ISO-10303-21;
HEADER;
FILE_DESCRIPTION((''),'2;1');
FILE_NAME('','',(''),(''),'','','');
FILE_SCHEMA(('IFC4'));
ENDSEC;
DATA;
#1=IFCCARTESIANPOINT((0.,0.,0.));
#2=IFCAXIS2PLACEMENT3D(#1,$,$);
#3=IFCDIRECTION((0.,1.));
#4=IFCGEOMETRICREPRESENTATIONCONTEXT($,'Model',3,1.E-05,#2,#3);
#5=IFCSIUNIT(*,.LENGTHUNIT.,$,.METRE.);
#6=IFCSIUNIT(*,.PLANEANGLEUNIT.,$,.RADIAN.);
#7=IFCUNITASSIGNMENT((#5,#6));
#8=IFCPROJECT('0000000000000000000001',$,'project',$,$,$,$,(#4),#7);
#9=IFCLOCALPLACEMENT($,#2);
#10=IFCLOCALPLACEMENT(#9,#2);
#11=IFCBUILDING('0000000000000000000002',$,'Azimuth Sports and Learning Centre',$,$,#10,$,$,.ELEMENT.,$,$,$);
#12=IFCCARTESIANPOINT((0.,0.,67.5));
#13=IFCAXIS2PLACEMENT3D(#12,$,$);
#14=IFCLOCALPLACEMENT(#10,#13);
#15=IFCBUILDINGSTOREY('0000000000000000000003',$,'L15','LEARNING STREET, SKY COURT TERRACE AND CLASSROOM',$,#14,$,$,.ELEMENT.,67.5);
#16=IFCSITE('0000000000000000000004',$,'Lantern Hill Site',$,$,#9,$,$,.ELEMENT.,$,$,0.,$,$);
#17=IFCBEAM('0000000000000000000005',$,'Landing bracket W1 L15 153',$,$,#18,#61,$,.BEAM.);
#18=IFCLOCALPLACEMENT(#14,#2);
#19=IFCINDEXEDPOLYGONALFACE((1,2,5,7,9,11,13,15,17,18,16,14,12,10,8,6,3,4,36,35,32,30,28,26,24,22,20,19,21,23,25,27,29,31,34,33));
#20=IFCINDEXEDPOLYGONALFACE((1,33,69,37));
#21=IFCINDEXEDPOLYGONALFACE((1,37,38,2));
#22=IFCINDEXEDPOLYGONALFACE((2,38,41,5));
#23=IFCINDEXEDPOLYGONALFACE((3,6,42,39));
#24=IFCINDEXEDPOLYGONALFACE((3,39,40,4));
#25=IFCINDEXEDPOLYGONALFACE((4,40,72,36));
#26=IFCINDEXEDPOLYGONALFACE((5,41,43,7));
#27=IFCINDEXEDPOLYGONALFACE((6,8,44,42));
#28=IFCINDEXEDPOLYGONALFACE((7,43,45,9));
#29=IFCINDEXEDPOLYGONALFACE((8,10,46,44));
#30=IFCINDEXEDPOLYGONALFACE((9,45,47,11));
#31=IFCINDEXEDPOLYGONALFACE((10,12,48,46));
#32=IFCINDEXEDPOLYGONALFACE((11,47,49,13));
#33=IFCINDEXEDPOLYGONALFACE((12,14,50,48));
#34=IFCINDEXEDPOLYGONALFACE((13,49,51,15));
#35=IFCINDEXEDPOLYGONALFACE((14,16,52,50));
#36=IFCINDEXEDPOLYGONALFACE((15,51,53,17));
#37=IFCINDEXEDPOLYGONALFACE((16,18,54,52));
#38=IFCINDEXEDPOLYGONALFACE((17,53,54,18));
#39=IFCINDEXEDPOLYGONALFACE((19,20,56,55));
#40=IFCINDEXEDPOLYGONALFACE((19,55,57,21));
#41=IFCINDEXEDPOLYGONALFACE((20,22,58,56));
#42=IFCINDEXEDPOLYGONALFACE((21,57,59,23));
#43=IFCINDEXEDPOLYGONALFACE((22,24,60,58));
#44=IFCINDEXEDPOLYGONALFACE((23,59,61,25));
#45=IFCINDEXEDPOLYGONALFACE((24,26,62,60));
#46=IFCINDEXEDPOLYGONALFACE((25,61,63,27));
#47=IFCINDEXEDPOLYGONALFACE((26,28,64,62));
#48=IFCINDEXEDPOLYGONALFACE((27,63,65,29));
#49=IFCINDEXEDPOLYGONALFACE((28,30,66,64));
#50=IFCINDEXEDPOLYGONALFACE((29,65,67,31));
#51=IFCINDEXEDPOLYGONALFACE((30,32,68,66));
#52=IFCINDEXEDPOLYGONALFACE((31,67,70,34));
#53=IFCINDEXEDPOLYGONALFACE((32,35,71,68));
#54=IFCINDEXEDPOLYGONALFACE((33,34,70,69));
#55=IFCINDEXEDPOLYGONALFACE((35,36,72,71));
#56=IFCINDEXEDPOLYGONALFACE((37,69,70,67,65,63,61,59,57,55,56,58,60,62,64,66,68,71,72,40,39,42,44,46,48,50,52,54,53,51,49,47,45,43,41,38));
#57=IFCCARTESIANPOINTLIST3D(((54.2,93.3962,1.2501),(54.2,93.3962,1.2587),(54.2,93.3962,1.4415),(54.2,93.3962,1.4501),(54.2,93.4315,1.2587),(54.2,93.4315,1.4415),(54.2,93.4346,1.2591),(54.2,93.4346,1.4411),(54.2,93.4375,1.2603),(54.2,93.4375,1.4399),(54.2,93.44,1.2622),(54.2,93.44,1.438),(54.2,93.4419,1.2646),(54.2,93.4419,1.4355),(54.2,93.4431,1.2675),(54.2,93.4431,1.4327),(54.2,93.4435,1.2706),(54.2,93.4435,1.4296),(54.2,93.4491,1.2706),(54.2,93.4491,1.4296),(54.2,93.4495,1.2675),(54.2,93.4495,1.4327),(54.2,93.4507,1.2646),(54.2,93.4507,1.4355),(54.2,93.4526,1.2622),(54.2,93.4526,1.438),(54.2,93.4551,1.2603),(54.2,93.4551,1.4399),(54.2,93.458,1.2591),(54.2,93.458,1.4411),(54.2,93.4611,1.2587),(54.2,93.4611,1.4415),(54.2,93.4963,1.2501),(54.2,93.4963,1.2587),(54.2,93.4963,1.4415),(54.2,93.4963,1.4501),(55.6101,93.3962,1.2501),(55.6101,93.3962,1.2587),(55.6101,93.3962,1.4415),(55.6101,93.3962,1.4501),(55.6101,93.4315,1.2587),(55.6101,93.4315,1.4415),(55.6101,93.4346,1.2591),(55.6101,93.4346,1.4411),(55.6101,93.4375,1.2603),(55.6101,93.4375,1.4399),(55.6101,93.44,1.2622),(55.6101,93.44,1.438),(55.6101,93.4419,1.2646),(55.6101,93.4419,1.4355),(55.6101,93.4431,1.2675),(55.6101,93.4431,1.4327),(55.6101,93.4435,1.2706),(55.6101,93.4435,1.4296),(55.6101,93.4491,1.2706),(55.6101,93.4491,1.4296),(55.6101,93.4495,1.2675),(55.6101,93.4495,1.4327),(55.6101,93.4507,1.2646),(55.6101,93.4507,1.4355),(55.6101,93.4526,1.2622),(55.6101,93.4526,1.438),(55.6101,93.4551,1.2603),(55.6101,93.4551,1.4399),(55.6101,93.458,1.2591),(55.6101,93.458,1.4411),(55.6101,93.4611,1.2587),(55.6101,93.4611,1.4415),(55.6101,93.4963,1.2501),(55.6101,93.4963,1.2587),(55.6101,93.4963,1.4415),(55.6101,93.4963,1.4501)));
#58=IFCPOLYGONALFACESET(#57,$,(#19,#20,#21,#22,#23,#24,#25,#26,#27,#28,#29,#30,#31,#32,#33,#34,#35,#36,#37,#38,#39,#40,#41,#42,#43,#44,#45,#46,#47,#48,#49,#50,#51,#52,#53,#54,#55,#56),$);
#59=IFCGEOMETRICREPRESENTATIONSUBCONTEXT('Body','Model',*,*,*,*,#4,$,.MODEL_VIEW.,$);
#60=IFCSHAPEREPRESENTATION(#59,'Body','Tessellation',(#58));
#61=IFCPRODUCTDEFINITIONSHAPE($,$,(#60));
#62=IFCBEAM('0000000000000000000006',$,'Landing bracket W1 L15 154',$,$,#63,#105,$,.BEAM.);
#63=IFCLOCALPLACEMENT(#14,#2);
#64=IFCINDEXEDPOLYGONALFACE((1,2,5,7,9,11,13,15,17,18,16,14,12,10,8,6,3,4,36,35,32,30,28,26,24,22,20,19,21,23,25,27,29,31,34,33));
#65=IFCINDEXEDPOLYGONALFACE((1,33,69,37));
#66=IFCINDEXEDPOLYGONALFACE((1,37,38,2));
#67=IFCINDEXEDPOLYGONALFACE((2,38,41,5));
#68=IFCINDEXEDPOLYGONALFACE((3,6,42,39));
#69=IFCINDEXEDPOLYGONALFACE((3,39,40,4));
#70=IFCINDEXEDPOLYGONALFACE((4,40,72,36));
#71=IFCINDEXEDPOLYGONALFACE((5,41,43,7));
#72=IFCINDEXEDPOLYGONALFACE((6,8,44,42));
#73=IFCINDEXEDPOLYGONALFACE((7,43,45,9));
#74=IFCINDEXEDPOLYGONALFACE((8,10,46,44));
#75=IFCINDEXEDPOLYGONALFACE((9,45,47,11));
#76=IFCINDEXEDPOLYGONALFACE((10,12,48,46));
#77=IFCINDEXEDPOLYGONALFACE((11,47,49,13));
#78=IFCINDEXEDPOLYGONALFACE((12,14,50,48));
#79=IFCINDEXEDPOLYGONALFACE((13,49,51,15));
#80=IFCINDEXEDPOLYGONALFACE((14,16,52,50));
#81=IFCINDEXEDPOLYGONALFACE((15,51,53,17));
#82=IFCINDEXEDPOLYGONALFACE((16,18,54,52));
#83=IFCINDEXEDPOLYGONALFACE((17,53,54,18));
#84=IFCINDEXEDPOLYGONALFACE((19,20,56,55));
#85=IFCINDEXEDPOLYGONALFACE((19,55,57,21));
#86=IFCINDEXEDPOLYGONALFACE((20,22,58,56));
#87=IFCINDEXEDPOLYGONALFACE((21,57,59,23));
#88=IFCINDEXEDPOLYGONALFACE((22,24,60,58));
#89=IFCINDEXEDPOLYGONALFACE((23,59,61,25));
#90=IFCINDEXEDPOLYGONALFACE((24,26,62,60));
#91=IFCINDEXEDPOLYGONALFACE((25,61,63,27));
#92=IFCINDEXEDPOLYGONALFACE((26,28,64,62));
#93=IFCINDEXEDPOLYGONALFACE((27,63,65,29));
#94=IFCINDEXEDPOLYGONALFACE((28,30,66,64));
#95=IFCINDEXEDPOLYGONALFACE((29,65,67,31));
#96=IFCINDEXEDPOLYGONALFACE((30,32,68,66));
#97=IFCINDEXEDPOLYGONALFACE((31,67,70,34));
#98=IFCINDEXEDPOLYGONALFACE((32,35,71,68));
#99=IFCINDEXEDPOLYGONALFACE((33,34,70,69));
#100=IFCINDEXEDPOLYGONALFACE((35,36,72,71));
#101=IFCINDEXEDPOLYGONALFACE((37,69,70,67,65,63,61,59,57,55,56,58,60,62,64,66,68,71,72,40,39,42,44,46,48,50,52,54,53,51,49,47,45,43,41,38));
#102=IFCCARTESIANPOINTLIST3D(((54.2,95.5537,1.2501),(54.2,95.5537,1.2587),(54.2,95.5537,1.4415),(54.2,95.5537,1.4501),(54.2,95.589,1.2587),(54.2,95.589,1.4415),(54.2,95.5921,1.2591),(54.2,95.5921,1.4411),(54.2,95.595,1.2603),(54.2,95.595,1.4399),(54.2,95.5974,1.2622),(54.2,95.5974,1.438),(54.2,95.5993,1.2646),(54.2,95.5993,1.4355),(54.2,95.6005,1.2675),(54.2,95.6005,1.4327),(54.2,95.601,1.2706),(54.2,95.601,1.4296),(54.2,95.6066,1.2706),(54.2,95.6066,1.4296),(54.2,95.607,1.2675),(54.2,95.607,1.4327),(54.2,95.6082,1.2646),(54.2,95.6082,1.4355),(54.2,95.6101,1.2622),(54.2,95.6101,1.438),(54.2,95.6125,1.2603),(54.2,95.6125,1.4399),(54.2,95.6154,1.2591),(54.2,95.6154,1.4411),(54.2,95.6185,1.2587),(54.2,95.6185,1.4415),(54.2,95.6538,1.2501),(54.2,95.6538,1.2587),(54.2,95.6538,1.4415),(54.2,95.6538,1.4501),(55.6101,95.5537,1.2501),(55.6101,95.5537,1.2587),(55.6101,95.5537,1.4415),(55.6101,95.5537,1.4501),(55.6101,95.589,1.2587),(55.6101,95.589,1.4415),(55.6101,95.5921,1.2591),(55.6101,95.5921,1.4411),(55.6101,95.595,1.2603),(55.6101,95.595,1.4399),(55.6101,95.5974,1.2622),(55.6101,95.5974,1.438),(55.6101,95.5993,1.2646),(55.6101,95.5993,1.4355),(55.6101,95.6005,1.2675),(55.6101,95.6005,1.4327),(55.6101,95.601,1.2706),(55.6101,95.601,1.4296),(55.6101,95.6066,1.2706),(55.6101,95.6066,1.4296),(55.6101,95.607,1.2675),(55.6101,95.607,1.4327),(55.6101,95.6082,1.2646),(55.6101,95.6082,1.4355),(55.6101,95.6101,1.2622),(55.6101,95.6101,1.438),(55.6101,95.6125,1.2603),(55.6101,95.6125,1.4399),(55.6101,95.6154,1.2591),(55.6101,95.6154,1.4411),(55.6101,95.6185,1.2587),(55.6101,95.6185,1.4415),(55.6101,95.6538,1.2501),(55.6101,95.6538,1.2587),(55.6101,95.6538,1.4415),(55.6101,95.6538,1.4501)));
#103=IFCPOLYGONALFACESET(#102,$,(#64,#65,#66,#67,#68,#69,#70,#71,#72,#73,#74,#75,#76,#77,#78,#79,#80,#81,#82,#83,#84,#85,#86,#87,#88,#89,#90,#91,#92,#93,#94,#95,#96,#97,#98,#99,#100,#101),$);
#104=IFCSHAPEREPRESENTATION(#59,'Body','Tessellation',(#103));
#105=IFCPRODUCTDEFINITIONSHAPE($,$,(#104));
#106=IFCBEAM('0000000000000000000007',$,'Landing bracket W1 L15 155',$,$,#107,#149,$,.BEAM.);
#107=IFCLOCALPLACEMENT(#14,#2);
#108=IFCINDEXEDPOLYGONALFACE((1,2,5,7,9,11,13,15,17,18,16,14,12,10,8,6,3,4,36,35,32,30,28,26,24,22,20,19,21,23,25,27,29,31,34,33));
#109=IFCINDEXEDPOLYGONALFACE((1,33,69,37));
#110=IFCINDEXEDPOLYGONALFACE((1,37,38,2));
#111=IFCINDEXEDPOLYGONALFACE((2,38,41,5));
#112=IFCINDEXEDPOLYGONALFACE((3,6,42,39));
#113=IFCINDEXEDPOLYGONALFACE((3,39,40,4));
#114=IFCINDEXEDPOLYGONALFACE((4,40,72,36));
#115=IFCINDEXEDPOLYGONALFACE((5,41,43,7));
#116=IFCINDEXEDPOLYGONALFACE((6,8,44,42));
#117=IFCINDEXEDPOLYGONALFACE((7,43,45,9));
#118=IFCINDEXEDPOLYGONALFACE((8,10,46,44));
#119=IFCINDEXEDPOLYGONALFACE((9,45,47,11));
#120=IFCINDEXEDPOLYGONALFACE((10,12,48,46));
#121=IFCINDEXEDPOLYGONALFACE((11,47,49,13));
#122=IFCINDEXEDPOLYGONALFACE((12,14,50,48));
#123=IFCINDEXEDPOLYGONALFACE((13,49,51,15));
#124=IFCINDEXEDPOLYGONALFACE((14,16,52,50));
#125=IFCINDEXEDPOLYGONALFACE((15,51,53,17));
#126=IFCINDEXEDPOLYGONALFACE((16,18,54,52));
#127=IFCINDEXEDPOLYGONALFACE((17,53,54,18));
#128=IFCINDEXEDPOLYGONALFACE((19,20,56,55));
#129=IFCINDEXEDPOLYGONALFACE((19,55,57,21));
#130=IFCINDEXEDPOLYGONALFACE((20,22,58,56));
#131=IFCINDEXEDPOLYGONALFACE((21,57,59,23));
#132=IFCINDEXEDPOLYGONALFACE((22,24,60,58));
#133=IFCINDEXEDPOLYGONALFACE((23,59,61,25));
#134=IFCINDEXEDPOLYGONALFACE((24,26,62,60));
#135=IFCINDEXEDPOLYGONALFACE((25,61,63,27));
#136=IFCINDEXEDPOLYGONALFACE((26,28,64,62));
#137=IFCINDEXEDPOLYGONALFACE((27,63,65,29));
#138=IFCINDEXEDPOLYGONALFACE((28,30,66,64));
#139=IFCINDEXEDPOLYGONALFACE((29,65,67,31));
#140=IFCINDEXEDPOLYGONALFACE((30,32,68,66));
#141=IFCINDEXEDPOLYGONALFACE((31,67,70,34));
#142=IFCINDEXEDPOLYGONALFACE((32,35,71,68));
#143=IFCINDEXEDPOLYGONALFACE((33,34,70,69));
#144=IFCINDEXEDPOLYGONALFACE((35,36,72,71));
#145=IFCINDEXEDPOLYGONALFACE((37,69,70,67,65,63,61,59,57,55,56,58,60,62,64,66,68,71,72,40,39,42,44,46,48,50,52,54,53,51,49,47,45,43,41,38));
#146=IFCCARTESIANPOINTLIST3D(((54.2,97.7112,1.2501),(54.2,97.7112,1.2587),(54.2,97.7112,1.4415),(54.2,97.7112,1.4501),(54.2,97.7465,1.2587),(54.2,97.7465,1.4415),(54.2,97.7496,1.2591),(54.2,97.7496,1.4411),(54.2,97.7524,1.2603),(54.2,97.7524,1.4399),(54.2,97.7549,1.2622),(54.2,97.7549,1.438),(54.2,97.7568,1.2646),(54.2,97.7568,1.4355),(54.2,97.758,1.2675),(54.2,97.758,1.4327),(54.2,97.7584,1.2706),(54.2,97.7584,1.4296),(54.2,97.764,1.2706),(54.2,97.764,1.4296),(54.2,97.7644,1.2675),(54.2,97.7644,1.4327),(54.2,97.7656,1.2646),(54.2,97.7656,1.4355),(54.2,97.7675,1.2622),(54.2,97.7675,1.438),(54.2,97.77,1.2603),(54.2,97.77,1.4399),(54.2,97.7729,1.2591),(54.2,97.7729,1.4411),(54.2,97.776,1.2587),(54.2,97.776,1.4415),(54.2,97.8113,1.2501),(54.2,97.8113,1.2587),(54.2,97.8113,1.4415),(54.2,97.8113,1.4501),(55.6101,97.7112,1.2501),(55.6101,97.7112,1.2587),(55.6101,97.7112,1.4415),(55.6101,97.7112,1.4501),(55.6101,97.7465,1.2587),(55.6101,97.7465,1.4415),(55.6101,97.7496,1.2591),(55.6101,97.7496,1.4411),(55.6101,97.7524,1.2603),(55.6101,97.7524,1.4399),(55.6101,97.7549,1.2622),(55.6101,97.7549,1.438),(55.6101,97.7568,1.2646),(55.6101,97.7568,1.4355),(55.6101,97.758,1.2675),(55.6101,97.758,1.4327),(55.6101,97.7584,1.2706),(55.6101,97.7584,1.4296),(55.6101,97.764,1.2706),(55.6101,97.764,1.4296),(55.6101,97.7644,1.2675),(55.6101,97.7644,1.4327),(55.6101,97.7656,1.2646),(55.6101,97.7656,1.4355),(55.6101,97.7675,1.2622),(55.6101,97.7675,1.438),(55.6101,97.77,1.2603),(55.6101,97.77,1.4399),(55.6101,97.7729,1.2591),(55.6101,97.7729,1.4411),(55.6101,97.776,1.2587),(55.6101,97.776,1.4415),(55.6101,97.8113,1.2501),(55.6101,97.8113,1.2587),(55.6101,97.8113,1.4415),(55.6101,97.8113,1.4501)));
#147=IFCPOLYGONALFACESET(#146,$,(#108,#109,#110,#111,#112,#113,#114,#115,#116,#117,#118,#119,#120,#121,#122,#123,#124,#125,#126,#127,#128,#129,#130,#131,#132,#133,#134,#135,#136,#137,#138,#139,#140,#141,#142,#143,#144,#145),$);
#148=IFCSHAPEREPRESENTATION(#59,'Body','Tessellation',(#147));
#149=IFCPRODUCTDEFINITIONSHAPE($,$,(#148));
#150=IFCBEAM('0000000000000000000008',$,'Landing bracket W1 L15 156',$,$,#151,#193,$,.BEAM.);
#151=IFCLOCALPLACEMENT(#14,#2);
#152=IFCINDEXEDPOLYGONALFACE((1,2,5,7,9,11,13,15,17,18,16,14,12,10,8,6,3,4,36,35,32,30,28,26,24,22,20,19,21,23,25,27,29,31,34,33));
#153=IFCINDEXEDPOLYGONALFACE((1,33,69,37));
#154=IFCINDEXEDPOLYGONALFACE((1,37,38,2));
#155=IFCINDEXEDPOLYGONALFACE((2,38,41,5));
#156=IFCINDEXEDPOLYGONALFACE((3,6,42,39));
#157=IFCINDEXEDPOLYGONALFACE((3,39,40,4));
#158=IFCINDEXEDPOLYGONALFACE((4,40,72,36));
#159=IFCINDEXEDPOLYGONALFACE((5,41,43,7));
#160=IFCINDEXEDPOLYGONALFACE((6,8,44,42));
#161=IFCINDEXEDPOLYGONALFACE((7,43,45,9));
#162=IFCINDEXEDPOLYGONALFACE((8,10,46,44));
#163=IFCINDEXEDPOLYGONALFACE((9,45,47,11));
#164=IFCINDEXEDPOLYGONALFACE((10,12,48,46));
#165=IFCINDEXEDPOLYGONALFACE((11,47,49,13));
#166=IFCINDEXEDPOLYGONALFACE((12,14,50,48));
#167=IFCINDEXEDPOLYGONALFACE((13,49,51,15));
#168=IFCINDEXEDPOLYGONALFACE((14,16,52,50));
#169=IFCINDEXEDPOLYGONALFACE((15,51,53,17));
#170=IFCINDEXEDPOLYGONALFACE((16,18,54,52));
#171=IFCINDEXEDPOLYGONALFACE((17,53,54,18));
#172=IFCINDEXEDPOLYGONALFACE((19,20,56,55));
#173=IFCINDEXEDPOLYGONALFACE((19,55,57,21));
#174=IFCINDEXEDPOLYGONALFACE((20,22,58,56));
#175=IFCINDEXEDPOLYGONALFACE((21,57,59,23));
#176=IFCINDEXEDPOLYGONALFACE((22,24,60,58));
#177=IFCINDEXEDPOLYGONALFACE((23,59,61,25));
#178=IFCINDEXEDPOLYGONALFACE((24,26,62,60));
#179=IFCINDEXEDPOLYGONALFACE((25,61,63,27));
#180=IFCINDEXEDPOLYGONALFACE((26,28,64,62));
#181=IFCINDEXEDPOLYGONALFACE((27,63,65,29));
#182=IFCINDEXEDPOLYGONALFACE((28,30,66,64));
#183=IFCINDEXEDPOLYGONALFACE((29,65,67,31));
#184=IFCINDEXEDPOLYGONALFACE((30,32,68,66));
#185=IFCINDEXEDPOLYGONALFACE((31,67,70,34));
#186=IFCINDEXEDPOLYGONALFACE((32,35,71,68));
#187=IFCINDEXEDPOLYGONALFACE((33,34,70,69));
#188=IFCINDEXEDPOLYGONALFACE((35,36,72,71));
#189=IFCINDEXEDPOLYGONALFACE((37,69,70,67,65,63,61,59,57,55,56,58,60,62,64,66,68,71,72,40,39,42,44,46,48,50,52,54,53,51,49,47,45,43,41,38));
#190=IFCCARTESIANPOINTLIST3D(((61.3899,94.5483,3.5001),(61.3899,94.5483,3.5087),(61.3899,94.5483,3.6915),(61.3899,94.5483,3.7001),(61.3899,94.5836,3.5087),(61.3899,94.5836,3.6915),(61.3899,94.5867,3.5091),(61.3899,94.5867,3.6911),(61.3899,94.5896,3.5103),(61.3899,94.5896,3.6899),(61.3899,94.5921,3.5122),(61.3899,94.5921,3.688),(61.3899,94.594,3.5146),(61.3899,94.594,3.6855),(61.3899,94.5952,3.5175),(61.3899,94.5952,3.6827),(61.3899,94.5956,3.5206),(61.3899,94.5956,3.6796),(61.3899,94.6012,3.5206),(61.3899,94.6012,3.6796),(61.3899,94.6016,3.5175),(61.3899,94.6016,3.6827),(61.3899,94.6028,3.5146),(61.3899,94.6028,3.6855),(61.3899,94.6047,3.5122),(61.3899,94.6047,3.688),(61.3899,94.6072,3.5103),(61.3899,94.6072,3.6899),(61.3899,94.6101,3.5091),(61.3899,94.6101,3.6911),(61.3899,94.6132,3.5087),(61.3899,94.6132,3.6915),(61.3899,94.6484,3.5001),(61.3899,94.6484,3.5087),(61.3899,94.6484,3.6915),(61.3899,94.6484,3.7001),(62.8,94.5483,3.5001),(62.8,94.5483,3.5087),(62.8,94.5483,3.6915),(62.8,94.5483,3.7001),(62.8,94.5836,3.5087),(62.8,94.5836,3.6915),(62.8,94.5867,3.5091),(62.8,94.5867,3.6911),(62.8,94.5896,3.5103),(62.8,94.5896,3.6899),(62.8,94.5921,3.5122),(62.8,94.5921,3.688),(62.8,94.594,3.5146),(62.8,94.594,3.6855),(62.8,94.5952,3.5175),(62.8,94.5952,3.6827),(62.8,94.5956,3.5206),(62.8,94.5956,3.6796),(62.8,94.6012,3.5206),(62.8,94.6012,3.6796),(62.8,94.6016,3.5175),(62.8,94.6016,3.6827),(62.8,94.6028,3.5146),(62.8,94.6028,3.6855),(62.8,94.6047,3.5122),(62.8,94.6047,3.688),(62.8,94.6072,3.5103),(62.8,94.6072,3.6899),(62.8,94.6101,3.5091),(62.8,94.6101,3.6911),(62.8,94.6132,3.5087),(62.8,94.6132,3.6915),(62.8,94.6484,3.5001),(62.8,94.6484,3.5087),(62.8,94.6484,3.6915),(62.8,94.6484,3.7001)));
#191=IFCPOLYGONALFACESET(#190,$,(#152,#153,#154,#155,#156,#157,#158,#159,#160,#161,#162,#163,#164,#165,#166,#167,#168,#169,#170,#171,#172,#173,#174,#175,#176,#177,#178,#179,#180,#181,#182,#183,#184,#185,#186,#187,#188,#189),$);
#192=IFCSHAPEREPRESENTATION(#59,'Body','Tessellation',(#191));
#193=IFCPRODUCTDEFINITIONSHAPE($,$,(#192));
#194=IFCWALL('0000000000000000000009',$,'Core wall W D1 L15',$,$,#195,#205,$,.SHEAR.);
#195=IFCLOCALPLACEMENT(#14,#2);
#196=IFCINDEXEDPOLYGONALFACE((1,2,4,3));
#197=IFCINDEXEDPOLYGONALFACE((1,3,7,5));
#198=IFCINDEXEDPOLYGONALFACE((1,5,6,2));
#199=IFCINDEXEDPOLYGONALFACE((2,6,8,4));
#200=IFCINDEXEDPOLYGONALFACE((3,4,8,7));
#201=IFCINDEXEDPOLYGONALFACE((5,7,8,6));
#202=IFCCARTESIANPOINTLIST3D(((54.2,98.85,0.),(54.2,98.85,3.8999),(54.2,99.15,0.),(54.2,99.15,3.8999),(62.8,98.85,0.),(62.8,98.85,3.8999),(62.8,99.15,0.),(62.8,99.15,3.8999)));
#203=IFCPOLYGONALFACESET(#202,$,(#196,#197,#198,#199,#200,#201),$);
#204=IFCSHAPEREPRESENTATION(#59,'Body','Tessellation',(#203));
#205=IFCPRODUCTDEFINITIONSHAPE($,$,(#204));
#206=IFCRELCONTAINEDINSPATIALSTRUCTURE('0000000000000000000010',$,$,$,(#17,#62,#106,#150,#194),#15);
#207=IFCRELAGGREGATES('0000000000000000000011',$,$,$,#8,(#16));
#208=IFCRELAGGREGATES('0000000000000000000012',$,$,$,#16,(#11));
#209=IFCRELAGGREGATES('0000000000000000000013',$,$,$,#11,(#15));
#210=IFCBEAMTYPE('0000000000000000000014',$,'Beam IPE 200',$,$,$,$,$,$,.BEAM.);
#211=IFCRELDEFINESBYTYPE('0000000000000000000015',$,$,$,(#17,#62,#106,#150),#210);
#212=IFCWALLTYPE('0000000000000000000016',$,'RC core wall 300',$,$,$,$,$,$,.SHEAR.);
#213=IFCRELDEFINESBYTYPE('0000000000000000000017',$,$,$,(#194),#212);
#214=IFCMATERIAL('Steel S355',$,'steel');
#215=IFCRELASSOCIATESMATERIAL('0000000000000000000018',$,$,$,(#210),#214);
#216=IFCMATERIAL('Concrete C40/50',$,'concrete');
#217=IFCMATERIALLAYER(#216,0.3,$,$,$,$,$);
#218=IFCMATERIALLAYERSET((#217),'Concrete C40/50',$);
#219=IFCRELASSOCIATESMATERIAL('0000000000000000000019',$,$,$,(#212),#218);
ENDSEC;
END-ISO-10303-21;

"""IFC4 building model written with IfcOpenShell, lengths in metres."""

from ifc_helpers import new_model, si_unit, direction, frame, frame_2d, origin, origin_2d, place, context, subcontext, project, spatial, rectangle, i_section, extrude, material, layer, layer_set, material_profile, profile_set, type_object, element, save


model = new_model("IFC4")

# Units and contexts
model_context = context("Model", 3, precision=1e-05, world=origin(), true_north=direction((0.0, 1.0)))
body_context = subcontext(model_context, "Body", "Model", "MODEL_VIEW")
ifc_project = project(units=[si_unit("LENGTHUNIT", "METRE"), si_unit("PLANEANGLEUNIT", "RADIAN")], contexts=[model_context])

# Site, building, storey
site_placement = place(None, origin())
site = spatial("IfcSite", under=ifc_project, at=site_placement, Name="Lantern Hill Site", CompositionType="ELEMENT", RefElevation=0.0)
building_placement = place(site_placement, origin())
building = spatial("IfcBuilding", under=site, at=building_placement, Name="Azimuth Sports and Learning Centre", CompositionType="ELEMENT")
storey_placement = place(building_placement, frame((0.0, 0.0, 67.5)))
storey = spatial("IfcBuildingStorey", under=building, at=storey_placement, Name="L15", Description="LEARNING STREET, SKY COURT TERRACE AND CLASSROOM", CompositionType="ELEMENT", Elevation=67.5)

# Beams
ifc_material_1 = material(Name="Steel S355", Category="steel")
ifc_material_profile = material_profile(ifc_material_1, i_section(OverallWidth=0.1001, OverallDepth=0.2, WebThickness=0.0056, FlangeThickness=0.0085, FilletRadius=0.012, at=origin_2d()), Name="IPE 200")
ifc_profile_set = profile_set([ifc_material_profile], Name="Steel S355")
beam_type = type_object("IfcBeamType", Name="Beam IPE 200", PredefinedType="BEAM", material=ifc_profile_set)
for number, where, z_axis, x_axis, name in (
    (1, (54.2, 93.4463, 1.3501), (1.0, 0.0, 0.0), (0.0, 1.0, 0.0), "Landing bracket W1 L15 153"),
    (2, (54.2, 95.6038, 1.3501), (1.0, 0.0, 0.0), (0.0, 1.0, 0.0), "Landing bracket W1 L15 154"),
    (3, (54.2, 97.7612, 1.3501), (1.0, 0.0, 0.0), (0.0, 1.0, 0.0), "Landing bracket W1 L15 155"),
    (4, (62.8, 94.5984, 3.6001), (-1.0, 0.0, 0.0), (0.0, -1.0, 0.0), "Landing bracket W1 L15 156"),
):
    element("IfcBeam", number, at=place(storey_placement, frame(where, z_axis=z_axis, x_axis=x_axis)), inside=storey, type_object=beam_type, Name=name, PredefinedType="BEAM", context=body_context, shape_type="SweptSolid", body=[
        extrude(i_section(OverallWidth=0.1001, OverallDepth=0.2, WebThickness=0.0056, FlangeThickness=0.0085, FilletRadius=0.012, at=origin_2d()), origin(), (0.0, 0.0, 1.0), 1.4102),
    ])

# Wall
ifc_material_2 = material(Name="Concrete C40/50", Category="concrete")
ifc_layer_1 = layer(ifc_material_2, 0.3)
ifc_layer_set_1 = layer_set([ifc_layer_1], Name="Concrete C40/50")
wall_type = type_object("IfcWallType", Name="RC core wall 300", PredefinedType="SHEAR", material=ifc_layer_set_1)
wall_placement = place(storey_placement, frame((54.2, 99.0, 0.0), z_axis=(0.0, 0.0, 1.0), x_axis=(1.0, 0.0, 0.0)))
element("IfcWall", 5, at=wall_placement, inside=storey, type_object=wall_type, Name="Core wall W D1 L15", PredefinedType="SHEAR", context=body_context, shape_type="SweptSolid", body=[
    extrude(rectangle(XDim=8.6001, YDim=0.3, at=frame_2d((4.3, 0.0))), origin(), (0.0, 0.0, 1.0), 3.8999),
])

save(model, "model.ifc")
